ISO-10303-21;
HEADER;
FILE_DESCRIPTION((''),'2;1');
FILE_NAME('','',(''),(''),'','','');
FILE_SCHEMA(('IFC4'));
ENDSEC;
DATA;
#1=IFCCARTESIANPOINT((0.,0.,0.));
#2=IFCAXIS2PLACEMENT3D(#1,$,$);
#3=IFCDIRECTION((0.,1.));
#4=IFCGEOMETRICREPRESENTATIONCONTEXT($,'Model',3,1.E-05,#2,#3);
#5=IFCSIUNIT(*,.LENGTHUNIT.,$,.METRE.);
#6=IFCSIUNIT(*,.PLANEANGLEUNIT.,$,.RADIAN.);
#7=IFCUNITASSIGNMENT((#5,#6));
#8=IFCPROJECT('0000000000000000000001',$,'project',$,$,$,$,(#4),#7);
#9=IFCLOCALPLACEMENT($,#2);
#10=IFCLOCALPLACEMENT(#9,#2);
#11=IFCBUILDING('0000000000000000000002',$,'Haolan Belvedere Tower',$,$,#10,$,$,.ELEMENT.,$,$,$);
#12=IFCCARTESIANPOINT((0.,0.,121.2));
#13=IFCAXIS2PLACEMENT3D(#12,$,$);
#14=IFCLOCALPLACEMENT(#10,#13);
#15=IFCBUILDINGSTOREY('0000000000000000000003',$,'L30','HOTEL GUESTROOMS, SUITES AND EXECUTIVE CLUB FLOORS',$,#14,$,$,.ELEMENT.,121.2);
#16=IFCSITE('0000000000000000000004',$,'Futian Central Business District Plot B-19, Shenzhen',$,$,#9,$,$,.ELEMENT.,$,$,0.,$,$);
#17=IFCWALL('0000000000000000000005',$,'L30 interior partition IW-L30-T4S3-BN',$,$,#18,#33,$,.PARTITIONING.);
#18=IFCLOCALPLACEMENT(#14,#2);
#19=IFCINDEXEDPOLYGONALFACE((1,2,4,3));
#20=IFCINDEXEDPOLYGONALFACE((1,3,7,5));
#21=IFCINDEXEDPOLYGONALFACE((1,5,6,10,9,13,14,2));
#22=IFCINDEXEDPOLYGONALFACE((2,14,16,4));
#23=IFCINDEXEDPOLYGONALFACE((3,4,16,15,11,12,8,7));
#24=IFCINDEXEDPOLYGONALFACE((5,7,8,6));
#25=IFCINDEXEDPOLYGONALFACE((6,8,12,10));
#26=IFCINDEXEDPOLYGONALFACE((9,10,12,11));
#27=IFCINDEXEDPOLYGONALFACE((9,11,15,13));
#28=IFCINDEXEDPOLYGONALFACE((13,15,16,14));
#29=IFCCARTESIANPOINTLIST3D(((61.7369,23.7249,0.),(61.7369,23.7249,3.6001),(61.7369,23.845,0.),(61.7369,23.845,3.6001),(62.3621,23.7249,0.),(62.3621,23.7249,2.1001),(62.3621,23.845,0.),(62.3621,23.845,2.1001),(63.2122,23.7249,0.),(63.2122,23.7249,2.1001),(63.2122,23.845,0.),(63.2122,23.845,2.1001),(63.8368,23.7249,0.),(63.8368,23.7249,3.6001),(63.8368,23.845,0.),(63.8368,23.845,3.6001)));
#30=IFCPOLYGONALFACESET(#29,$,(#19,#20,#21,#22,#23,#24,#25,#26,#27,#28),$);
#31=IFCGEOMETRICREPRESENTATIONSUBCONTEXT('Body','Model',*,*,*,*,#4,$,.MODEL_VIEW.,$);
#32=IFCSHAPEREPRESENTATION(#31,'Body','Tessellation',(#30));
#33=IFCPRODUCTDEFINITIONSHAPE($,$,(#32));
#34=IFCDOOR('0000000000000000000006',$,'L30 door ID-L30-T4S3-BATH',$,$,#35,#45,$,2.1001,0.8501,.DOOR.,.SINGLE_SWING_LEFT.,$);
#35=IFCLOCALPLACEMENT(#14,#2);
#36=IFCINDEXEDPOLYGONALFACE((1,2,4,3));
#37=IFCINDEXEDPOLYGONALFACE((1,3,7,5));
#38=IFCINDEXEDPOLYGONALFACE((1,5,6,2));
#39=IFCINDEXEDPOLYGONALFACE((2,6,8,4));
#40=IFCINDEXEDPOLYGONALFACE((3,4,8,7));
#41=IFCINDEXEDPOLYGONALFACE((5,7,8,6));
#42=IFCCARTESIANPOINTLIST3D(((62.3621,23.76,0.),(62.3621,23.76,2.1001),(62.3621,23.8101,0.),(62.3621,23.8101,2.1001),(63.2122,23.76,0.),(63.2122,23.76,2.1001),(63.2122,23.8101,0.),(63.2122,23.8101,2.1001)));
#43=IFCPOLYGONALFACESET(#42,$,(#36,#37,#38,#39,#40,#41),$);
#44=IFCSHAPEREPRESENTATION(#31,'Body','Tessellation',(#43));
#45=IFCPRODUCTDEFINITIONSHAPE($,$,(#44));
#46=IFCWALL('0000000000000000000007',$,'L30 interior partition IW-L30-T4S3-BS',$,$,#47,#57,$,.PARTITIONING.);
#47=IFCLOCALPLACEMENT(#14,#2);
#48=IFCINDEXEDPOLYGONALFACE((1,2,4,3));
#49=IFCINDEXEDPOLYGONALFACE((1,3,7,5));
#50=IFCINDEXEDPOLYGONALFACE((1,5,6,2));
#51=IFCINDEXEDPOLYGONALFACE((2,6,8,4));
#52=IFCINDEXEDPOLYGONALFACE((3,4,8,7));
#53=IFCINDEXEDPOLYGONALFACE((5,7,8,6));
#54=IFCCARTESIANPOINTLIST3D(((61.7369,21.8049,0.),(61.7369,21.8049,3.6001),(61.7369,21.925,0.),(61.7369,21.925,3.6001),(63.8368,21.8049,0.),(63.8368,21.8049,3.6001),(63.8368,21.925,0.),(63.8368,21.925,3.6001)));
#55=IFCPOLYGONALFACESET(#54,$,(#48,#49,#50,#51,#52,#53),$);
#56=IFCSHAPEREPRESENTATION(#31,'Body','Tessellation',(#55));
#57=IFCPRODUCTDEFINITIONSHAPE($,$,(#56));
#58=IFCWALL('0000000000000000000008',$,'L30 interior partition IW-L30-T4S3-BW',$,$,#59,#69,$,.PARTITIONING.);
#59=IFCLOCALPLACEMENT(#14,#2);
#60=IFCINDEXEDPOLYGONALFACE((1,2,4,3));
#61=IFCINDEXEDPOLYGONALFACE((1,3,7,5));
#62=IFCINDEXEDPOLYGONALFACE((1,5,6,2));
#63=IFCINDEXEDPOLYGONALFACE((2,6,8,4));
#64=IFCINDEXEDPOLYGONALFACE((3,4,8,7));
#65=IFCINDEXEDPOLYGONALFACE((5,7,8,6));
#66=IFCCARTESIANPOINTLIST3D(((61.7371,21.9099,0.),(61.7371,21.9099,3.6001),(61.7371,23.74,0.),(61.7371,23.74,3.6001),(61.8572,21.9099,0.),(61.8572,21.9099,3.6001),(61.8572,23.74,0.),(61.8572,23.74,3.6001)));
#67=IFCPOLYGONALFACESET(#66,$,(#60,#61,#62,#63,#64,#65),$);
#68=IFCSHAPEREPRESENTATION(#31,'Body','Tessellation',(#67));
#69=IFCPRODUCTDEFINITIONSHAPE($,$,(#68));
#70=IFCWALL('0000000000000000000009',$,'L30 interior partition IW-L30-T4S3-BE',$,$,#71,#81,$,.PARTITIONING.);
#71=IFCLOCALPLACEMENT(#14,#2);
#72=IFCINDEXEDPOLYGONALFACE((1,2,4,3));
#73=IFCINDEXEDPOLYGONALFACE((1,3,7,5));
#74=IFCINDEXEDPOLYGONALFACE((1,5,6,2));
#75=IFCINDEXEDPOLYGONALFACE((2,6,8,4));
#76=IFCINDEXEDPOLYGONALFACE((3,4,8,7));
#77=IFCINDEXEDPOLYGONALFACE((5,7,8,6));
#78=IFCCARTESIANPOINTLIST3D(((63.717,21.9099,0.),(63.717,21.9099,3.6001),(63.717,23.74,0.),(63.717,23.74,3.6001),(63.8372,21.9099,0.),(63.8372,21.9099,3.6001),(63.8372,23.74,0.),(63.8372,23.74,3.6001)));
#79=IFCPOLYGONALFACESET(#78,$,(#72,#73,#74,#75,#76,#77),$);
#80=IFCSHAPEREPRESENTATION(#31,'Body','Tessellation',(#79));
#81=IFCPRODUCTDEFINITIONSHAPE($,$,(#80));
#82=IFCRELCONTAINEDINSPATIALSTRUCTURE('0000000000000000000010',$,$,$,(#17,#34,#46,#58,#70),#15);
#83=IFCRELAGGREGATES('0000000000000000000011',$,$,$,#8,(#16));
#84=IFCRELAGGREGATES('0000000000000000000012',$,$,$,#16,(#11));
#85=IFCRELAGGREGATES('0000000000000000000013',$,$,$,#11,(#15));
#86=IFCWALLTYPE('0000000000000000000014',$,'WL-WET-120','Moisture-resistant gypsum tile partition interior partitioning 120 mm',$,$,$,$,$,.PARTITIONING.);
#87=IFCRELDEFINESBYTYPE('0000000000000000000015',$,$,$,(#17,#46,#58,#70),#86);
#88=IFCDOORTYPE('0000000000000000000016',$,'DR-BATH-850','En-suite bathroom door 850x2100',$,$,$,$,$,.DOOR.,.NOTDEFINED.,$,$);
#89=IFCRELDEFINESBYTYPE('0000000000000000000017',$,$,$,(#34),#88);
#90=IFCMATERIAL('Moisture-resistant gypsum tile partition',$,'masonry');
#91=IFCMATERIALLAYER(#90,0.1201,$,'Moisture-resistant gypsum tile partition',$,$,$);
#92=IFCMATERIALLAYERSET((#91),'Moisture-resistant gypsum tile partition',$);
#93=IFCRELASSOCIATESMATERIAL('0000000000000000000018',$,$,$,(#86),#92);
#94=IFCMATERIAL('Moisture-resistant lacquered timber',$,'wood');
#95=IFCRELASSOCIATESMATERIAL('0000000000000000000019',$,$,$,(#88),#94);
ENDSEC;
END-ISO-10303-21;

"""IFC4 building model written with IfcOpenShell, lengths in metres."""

from ifc_helpers import new_model, si_unit, direction, frame, frame_2d, origin, place, context, subcontext, project, spatial, rectangle, extrude, material, layer, layer_set, type_object, element, fill, save


model = new_model("IFC4")

# Units and contexts
model_context = context("Model", 3, precision=1e-05, world=origin(), true_north=direction((0.0, 1.0)))
body_context = subcontext(model_context, "Body", "Model", "MODEL_VIEW")
ifc_project = project(units=[si_unit("LENGTHUNIT", "METRE"), si_unit("PLANEANGLEUNIT", "RADIAN")], contexts=[model_context])

# Site, building, storey
site_placement = place(None, origin())
site = spatial("IfcSite", under=ifc_project, at=site_placement, Name="Futian Central Business District Plot B-19, Shenzhen", CompositionType="ELEMENT", RefElevation=0.0)
building_placement = place(site_placement, origin())
building = spatial("IfcBuilding", under=site, at=building_placement, Name="Haolan Belvedere Tower", CompositionType="ELEMENT")
storey_placement = place(building_placement, frame((0.0, 0.0, 121.2)))
storey = spatial("IfcBuildingStorey", under=building, at=storey_placement, Name="L30", Description="HOTEL GUESTROOMS, SUITES AND EXECUTIVE CLUB FLOORS", CompositionType="ELEMENT", Elevation=121.2)

# Shared definitions
ifc_material_1 = material(Name="Moisture-resistant gypsum tile partition", Category="masonry")
ifc_layer_1 = layer(ifc_material_1, 0.1201, Name="Moisture-resistant gypsum tile partition")
ifc_layer_set_1 = layer_set([ifc_layer_1], Name="Moisture-resistant gypsum tile partition")
wall_type_1 = type_object("IfcWallType", Name="WL-WET-120", Description="Moisture-resistant gypsum tile partition interior partitioning 120 mm", PredefinedType="PARTITIONING", material=ifc_layer_set_1)

# Shared definitions
ifc_material_2 = material(Name="Moisture-resistant lacquered timber", Category="wood")
door_type = type_object("IfcDoorType", Name="DR-BATH-850", Description="En-suite bathroom door 850x2100", OperationType="NOTDEFINED", PredefinedType="DOOR", material=ifc_material_2)

# Wall, opening, door
wall_1_placement = place(storey_placement, frame((61.7371, 23.7849, 0.0), z_axis=(0.0, 0.0, 1.0), x_axis=(1.0, 0.0, 0.0)))
wall_1 = element("IfcWall", 1, at=wall_1_placement, inside=storey, type_object=wall_type_1, Name="L30 interior partition IW-L30-T4S3-BN", PredefinedType="PARTITIONING", context=body_context, shape_type="SweptSolid", body=[
    extrude(rectangle(XDim=2.0999, YDim=0.1201, at=frame_2d((1.0498, 0.0))), origin(), (0.0, 0.0, 1.0), 3.6001),
])
opening_1_placement = place(wall_1_placement, frame((1.4751, 0.0, 0.0), z_axis=(0.0, 0.0, 1.0), x_axis=(-1.0, 0.0, 0.0)))
opening_1 = element("IfcOpeningElement", 2, at=opening_1_placement, cuts=wall_1, PredefinedType="OPENING", context=body_context, shape_type="SweptSolid", body=[
    extrude(rectangle(XDim=0.8501, YDim=2.1001, at=frame_2d((0.425, 1.05))), frame((0.0, 0.0701, 0.0), z_axis=(0.0, -1.0, 0.0), x_axis=(1.0, 0.0, 0.0)), (0.0, 0.0, 1.0), 0.1401),
])
door_1_placement = place(opening_1_placement, origin())
door_1 = element("IfcDoor", 3, at=door_1_placement, inside=storey, type_object=door_type, Name="L30 door ID-L30-T4S3-BATH", OperationType="SINGLE_SWING_LEFT", OverallHeight=2.1001, OverallWidth=0.8501, PredefinedType="DOOR", context=body_context, shape_type="SweptSolid", body=[
    extrude(rectangle(XDim=0.8501, YDim=2.1001, at=frame_2d((0.425, 1.05))), frame((0.0, 0.0249, 0.0), z_axis=(0.0, -1.0, 0.0), x_axis=(1.0, 0.0, 0.0)), (0.0, 0.0, 1.0), 0.05),
])
fill(opening_1, door_1)

# Walls
wall_2_placement = place(storey_placement, frame((61.7371, 21.865, 0.0), z_axis=(0.0, 0.0, 1.0), x_axis=(1.0, 0.0, 0.0)))
element("IfcWall", 4, at=wall_2_placement, inside=storey, type_object=wall_type_1, Name="L30 interior partition IW-L30-T4S3-BS", PredefinedType="PARTITIONING", context=body_context, shape_type="SweptSolid", body=[
    extrude(rectangle(XDim=2.0999, YDim=0.1201, at=frame_2d((1.0498, 0.0))), origin(), (0.0, 0.0, 1.0), 3.6001),
])
for number, where, z_axis, x_axis, name in (
    (5, (61.7971, 21.9099, 0.0), (0.0, 0.0, 1.0), (0.0, 1.0, 0.0), "L30 interior partition IW-L30-T4S3-BW"),
    (6, (63.7771, 21.9099, 0.0), (0.0, 0.0, 1.0), (0.0, 1.0, 0.0), "L30 interior partition IW-L30-T4S3-BE"),
):
    element("IfcWall", number, at=place(storey_placement, frame(where, z_axis=z_axis, x_axis=x_axis)), inside=storey, type_object=wall_type_1, Name=name, PredefinedType="PARTITIONING", context=body_context, shape_type="SweptSolid", body=[
        extrude(rectangle(XDim=1.8301, YDim=0.1201, at=frame_2d((0.915, 0.0))), origin(), (0.0, 0.0, 1.0), 3.6001),
    ])

save(model, "model.ifc")
